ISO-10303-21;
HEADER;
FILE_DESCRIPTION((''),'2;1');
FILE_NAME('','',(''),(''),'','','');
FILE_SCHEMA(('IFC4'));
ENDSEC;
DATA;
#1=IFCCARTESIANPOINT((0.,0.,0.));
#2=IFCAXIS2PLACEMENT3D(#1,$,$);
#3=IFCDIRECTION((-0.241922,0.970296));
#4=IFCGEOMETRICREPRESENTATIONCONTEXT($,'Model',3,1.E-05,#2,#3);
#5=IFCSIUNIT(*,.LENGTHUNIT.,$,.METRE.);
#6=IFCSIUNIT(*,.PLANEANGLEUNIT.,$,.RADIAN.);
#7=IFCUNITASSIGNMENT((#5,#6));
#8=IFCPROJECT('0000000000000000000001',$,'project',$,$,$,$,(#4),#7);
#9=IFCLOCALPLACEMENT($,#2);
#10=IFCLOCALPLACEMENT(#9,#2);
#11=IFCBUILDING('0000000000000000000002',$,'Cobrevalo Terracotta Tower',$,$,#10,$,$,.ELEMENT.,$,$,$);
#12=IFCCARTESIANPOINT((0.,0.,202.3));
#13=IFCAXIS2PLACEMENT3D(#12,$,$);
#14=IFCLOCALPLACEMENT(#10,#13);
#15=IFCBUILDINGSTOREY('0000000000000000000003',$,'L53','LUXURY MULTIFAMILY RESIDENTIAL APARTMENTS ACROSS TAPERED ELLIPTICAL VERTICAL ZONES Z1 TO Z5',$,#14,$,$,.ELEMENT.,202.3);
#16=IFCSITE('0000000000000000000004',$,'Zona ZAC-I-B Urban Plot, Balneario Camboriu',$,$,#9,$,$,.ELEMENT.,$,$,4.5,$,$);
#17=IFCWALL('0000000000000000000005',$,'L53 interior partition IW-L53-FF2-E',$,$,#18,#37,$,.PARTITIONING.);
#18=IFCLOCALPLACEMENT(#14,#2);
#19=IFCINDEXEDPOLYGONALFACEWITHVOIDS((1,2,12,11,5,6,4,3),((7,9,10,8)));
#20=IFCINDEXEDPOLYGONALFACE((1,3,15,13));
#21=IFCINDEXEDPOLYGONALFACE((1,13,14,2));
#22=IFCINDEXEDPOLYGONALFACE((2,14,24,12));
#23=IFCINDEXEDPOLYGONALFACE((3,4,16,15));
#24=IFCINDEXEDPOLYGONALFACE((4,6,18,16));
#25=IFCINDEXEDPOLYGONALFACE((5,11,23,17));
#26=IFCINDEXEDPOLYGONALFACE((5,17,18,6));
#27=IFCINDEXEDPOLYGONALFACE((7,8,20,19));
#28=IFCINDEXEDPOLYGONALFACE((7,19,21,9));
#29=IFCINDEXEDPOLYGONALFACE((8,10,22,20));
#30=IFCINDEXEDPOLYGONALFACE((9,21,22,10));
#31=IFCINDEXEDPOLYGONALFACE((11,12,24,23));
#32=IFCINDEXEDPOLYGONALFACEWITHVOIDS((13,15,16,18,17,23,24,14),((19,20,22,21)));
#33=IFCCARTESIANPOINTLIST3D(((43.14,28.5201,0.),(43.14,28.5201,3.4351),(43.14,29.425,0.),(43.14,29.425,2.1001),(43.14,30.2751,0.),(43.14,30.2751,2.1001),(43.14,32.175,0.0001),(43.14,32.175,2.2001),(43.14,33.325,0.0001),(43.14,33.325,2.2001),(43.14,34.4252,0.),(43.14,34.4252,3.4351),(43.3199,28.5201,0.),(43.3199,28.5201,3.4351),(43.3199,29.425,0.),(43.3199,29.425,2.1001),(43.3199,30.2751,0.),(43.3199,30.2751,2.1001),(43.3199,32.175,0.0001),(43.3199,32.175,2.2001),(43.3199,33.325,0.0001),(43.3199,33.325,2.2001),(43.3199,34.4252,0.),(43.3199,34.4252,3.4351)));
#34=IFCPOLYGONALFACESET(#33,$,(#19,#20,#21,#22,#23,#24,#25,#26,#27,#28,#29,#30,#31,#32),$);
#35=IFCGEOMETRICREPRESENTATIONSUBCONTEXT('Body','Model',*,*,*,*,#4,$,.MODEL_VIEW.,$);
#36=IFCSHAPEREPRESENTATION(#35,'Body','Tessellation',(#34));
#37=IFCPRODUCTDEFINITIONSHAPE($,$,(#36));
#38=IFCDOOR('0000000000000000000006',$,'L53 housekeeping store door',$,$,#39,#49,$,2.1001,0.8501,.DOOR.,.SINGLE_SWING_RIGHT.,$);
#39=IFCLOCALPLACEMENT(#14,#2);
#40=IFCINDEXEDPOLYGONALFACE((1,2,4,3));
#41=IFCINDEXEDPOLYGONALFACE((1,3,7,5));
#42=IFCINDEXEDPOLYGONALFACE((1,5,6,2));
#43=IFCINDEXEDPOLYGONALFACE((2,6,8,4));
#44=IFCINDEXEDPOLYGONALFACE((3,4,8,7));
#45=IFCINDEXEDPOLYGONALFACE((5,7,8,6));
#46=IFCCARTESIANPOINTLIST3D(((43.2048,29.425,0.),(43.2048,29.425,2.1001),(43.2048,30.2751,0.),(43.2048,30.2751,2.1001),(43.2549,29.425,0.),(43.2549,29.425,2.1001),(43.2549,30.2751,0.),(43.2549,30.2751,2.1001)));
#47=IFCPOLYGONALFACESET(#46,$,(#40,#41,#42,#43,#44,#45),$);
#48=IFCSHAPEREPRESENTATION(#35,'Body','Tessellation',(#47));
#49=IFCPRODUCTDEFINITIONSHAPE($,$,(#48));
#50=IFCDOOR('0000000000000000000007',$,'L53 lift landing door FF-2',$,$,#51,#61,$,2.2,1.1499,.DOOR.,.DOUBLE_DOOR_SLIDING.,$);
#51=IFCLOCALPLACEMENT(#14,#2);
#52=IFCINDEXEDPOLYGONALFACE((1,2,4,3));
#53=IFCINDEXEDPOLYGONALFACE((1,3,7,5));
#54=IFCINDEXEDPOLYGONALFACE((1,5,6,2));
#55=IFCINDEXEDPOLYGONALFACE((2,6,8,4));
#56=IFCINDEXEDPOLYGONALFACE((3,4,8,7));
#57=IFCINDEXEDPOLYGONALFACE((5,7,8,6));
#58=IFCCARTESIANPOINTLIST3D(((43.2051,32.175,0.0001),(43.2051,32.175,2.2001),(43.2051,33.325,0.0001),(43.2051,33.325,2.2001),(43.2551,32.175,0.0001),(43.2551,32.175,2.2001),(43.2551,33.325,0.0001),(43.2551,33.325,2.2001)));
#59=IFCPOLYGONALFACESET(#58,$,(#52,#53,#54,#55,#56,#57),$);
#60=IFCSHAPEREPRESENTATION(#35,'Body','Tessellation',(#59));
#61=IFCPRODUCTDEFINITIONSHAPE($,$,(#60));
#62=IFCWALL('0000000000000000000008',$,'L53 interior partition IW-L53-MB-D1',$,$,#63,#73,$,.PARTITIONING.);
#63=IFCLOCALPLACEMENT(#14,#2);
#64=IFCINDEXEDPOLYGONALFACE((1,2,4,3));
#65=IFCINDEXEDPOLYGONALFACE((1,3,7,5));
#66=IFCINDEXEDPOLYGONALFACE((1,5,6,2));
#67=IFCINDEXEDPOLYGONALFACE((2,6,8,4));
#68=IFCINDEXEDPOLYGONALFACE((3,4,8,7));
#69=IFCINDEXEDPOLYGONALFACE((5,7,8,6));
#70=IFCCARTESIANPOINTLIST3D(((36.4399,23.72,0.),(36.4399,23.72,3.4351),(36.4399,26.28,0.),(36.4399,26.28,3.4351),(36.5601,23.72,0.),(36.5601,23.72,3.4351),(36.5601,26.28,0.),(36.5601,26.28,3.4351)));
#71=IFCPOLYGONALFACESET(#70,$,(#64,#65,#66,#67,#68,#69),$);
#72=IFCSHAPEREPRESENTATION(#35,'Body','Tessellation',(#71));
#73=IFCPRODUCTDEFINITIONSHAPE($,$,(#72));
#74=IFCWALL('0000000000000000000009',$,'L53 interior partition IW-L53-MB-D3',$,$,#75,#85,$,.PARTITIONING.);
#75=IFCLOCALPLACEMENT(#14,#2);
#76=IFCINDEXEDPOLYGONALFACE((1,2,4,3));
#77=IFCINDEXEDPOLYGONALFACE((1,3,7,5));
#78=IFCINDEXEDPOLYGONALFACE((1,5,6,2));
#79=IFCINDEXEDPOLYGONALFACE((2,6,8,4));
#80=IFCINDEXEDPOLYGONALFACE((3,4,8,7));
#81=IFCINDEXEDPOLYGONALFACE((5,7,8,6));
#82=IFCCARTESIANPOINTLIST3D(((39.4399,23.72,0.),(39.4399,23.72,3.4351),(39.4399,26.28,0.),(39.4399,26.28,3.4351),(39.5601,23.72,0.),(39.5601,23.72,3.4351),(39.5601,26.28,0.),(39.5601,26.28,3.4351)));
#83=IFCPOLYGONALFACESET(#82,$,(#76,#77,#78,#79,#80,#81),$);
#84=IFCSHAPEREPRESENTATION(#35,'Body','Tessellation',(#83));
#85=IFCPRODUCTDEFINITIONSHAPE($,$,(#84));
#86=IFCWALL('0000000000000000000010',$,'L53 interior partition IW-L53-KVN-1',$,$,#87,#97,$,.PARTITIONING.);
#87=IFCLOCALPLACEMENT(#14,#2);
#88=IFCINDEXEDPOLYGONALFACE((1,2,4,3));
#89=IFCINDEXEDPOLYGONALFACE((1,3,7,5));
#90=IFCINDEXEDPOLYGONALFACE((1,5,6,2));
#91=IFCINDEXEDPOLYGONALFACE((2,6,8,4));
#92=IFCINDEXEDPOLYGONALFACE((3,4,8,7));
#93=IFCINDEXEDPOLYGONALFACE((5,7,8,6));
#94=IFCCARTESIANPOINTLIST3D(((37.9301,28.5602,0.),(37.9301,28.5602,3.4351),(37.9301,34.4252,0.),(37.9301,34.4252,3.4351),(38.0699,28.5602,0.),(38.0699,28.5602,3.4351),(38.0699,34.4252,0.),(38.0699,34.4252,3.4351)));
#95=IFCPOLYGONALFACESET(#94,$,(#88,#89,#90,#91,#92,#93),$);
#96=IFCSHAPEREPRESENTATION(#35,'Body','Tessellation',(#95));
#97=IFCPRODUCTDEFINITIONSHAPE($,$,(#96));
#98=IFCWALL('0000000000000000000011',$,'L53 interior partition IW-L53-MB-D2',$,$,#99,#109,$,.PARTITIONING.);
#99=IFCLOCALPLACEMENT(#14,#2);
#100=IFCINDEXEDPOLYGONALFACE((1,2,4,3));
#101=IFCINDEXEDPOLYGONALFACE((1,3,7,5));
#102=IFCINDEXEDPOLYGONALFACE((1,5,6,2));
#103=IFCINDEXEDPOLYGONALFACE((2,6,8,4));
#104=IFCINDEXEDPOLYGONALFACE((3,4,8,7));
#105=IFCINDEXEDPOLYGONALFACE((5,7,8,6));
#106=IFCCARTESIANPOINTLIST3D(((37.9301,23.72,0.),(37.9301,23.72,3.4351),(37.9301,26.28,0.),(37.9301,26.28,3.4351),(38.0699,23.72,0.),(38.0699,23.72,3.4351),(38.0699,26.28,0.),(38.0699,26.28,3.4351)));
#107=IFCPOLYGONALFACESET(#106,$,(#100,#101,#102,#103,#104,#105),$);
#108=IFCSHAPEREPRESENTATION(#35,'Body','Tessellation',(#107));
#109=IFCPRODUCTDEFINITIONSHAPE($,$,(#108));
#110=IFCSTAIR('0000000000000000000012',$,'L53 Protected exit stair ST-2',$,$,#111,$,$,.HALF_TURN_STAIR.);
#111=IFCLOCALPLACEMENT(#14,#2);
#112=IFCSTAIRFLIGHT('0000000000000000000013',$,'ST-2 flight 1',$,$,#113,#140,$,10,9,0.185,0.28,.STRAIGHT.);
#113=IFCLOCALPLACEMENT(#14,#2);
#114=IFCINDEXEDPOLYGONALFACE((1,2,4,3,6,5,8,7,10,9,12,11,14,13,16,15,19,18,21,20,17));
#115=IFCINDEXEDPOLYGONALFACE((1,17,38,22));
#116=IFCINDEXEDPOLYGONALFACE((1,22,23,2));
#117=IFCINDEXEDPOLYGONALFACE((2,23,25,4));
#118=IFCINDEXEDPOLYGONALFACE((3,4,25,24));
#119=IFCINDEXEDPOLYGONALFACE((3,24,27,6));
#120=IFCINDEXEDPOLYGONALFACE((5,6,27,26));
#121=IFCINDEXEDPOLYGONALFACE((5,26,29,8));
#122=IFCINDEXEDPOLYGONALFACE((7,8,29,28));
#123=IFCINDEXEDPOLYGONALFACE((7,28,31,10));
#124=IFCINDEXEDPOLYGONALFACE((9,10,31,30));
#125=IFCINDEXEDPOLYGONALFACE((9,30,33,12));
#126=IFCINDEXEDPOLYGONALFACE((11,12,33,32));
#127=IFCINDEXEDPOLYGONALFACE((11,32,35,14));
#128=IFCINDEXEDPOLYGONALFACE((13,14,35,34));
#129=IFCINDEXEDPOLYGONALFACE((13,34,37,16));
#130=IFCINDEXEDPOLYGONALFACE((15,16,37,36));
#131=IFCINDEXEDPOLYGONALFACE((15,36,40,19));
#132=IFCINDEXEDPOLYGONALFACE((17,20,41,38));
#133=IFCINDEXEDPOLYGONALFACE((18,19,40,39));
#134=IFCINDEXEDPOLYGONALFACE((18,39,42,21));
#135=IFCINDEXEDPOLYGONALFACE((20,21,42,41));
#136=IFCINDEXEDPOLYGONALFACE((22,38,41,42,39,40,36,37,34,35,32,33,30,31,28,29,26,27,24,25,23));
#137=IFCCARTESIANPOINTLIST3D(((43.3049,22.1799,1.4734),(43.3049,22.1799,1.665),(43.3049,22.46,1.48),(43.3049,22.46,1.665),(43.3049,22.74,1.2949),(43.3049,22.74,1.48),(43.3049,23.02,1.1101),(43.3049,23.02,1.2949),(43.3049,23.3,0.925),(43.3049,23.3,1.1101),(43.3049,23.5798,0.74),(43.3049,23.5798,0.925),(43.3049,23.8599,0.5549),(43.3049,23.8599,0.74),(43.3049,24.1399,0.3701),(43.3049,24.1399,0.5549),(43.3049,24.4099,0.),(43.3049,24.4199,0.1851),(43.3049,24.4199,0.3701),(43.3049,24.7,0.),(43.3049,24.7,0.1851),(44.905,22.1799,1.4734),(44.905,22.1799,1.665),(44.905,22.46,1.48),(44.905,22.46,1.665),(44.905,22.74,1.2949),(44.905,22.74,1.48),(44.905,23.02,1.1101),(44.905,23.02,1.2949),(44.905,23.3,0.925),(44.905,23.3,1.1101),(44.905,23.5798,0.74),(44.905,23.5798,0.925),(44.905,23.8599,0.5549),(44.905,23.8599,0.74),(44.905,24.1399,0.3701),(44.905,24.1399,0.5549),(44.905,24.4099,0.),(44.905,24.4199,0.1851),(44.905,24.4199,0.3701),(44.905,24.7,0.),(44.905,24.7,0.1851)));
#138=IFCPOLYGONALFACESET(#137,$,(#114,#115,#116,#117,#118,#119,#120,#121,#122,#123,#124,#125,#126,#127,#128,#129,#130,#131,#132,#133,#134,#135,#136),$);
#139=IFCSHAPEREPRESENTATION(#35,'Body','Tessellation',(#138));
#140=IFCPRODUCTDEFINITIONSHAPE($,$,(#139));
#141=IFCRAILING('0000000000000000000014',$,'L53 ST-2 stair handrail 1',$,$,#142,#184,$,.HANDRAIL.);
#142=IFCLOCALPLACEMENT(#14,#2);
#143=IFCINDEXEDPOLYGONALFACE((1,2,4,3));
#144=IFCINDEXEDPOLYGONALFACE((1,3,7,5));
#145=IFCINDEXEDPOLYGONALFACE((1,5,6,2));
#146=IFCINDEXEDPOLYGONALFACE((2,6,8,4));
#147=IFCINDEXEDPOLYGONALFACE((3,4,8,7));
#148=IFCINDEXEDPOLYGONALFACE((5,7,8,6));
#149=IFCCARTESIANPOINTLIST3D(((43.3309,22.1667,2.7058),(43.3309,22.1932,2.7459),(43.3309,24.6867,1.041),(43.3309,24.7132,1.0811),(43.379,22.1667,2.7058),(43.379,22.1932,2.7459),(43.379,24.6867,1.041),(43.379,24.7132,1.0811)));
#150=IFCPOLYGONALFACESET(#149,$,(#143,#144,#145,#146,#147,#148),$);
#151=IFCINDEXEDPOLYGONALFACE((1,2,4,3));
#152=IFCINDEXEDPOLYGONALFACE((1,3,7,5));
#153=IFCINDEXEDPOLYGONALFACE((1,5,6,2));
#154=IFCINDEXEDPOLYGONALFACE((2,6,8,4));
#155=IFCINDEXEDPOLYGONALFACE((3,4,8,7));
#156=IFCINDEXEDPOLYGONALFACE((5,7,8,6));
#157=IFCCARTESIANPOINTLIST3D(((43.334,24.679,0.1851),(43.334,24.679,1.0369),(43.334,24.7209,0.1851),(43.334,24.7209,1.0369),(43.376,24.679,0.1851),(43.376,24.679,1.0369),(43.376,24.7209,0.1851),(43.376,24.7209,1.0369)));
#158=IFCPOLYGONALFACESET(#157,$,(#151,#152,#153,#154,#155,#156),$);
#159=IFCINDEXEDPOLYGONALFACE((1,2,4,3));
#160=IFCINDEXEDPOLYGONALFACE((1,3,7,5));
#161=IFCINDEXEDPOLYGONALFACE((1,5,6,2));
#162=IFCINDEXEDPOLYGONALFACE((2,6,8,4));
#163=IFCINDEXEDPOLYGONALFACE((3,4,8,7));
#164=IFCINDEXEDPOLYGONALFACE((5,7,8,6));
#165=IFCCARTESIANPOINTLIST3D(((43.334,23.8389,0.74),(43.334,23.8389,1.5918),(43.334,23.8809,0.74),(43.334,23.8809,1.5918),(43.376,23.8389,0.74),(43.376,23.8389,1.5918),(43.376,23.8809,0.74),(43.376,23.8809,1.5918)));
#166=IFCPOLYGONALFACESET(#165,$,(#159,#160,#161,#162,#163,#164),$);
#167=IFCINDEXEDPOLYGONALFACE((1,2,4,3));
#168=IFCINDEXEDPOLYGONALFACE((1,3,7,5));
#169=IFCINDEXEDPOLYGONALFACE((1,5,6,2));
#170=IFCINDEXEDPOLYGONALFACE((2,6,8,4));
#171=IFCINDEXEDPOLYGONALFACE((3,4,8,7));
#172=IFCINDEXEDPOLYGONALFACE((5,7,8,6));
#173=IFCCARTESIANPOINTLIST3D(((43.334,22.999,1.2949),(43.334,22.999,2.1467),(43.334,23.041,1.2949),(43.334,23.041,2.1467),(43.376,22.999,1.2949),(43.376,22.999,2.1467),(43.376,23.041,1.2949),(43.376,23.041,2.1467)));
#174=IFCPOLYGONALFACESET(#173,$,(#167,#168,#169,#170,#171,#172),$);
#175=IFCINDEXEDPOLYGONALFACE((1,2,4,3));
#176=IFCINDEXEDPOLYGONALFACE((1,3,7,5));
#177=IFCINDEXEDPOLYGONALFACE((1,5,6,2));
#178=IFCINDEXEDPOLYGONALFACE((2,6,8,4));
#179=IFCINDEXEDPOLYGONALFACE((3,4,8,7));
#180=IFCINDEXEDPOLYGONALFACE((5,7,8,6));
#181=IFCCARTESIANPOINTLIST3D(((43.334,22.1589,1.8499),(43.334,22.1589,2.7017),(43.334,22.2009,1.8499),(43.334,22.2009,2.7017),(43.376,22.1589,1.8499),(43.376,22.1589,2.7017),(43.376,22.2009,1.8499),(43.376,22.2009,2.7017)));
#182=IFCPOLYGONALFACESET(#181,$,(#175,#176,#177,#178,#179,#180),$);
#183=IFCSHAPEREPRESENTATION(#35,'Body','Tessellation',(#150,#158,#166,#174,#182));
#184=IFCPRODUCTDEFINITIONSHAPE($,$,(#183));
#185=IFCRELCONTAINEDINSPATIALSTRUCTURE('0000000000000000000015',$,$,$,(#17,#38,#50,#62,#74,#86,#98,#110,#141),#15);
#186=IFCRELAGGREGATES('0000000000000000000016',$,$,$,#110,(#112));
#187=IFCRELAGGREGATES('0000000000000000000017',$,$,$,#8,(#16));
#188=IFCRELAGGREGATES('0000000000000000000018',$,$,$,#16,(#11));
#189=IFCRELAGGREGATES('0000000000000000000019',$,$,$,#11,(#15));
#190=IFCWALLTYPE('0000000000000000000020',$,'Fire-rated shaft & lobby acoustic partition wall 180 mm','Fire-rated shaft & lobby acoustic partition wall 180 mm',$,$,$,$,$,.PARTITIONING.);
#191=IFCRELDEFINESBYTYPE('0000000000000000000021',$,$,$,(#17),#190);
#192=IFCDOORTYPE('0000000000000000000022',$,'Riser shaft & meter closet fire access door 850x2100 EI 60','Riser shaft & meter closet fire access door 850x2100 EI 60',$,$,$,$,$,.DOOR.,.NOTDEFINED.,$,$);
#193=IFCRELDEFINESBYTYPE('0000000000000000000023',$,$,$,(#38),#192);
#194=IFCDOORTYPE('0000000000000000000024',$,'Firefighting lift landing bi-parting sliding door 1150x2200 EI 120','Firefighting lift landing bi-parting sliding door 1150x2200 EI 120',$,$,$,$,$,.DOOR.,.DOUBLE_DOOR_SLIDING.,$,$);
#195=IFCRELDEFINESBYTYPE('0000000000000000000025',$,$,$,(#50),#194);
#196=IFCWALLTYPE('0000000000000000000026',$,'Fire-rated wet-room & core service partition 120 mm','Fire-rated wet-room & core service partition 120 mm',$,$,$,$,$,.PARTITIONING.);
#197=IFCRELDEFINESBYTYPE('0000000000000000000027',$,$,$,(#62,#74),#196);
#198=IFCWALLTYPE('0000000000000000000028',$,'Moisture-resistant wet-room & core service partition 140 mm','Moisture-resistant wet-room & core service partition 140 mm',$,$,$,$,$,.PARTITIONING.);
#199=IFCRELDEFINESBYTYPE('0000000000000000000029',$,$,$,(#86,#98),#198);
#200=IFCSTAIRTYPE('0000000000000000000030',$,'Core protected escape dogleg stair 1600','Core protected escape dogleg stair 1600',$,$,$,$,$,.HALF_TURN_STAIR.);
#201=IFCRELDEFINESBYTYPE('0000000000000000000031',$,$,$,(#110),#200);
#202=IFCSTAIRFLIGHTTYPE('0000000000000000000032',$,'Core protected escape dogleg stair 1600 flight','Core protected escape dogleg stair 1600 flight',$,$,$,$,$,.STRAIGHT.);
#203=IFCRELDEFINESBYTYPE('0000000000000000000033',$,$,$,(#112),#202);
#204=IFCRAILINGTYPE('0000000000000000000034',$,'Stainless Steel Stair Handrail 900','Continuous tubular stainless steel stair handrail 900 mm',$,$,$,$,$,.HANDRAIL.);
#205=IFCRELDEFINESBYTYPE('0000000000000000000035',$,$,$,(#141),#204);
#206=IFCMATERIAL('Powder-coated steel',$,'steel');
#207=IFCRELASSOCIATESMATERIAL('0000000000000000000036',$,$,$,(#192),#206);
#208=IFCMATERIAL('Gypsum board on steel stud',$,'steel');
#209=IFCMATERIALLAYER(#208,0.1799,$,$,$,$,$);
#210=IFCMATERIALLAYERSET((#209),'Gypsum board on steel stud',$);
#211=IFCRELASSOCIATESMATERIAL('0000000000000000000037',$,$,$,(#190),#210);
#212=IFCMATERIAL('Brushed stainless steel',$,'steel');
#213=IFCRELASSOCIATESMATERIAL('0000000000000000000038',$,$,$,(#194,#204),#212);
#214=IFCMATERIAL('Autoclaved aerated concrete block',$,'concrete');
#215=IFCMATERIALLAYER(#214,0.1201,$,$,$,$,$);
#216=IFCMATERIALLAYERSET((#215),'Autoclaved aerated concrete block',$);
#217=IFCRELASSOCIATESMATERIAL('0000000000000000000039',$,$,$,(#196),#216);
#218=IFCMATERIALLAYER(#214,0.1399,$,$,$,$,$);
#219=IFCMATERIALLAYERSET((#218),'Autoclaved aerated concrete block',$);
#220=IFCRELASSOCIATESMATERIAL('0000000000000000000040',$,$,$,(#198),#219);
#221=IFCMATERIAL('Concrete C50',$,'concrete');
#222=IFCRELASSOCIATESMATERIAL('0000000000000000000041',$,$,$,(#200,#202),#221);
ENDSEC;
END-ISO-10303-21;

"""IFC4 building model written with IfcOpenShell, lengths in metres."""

from ifc_helpers import new_model, si_unit, direction, frame, frame_2d, origin, origin_2d, place, context, subcontext, project, spatial, polyline, rectangle, outline, extrude, source, transform, mapped, material, layer, layer_set, type_object, element, fill, aggregate, save


model = new_model("IFC4")

# Units and contexts
model_context = context("Model", 3, precision=1e-05, world=origin(), true_north=direction((-0.241922, 0.970296)))
body_context = subcontext(model_context, "Body", "Model", "MODEL_VIEW")
ifc_project = project(units=[si_unit("LENGTHUNIT", "METRE"), si_unit("PLANEANGLEUNIT", "RADIAN")], contexts=[model_context])

# Site, building, storey
site_placement = place(None, origin())
site = spatial("IfcSite", under=ifc_project, at=site_placement, Name="Zona ZAC-I-B Urban Plot, Balneario Camboriu", CompositionType="ELEMENT", RefElevation=4.5)
building_placement = place(site_placement, origin())
building = spatial("IfcBuilding", under=site, at=building_placement, Name="Cobrevalo Terracotta Tower", CompositionType="ELEMENT")
storey_placement = place(building_placement, frame((0.0, 0.0, 202.3)))
storey = spatial("IfcBuildingStorey", under=building, at=storey_placement, Name="L53", Description="LUXURY MULTIFAMILY RESIDENTIAL APARTMENTS ACROSS TAPERED ELLIPTICAL VERTICAL ZONES Z1 TO Z5", CompositionType="ELEMENT", Elevation=202.3)

# Shared definitions
ifc_material_1 = material(Name="Gypsum board on steel stud", Category="steel")

# Shared definitions
ifc_material_2 = material(Name="Powder-coated steel", Category="steel")
door_type_1 = type_object("IfcDoorType", Name="Riser shaft & meter closet fire access door 850x2100 EI 60", Description="Riser shaft & meter closet fire access door 850x2100 EI 60", OperationType="NOTDEFINED", PredefinedType="DOOR", material=ifc_material_2)
shared_shape_1 = source(origin(), body_context, "Body", "SweptSolid", [
    extrude(rectangle(XDim=0.8501, YDim=2.1001, at=frame_2d((0.425, 1.05))), frame((0.0, 0.0249, 0.0), z_axis=(0.0, -1.0, 0.0), x_axis=(1.0, 0.0, 0.0)), (0.0, 0.0, 1.0), 0.05),
])
ifc_material_3 = material(Name="Brushed stainless steel", Category="steel")

# Shared definitions
ifc_layer_1 = layer(ifc_material_1, 0.1799)
ifc_layer_set_1 = layer_set([ifc_layer_1], Name="Gypsum board on steel stud")
wall_type_1 = type_object("IfcWallType", Name="Fire-rated shaft & lobby acoustic partition wall 180 mm", Description="Fire-rated shaft & lobby acoustic partition wall 180 mm", PredefinedType="PARTITIONING", material=ifc_layer_set_1)

# Wall, openings, doors
wall_1_placement = place(storey_placement, frame((43.23, 28.52, 0.0), z_axis=(0.0, 0.0, 1.0), x_axis=(0.0, 1.0, 0.0)))
wall_1 = element("IfcWall", 1, at=wall_1_placement, inside=storey, type_object=wall_type_1, Name="L53 interior partition IW-L53-FF2-E", PredefinedType="PARTITIONING", context=body_context, shape_type="SweptSolid", body=[
    extrude(rectangle(XDim=5.905, YDim=0.1799, at=frame_2d((2.9526, 0.0))), origin(), (0.0, 0.0, 1.0), 3.4351),
])
opening_1_placement = place(wall_1_placement, frame((0.905, 0.0, 0.0)))
opening_1 = element("IfcOpeningElement", 2, at=opening_1_placement, cuts=wall_1, PredefinedType="OPENING", context=body_context, shape_type="SweptSolid", body=[
    extrude(rectangle(XDim=0.8501, YDim=2.1001, at=frame_2d((0.425, 1.05))), frame((0.0, 0.1001, 0.0), z_axis=(0.0, -1.0, 0.0), x_axis=(1.0, 0.0, 0.0)), (0.0, 0.0, 1.0), 0.2),
])
opening_2_placement = place(wall_1_placement, frame((3.655, 0.0, 0.0)))
opening_2 = element("IfcOpeningElement", 3, at=opening_2_placement, cuts=wall_1, PredefinedType="OPENING", context=body_context, shape_type="SweptSolid", body=[
    extrude(rectangle(XDim=1.1499, YDim=2.2, at=frame_2d((0.575, 1.1001))), frame((0.0, 0.1001, 0.0), z_axis=(0.0, -1.0, 0.0), x_axis=(1.0, 0.0, 0.0)), (0.0, 0.0, 1.0), 0.2),
])
door_1_placement = place(opening_1_placement, frame((0.8501, 0.0, 0.0), z_axis=(0.0, 0.0, 1.0), x_axis=(-1.0, 0.0, 0.0)))
door_1 = element("IfcDoor", 4, at=door_1_placement, inside=storey, type_object=door_type_1, Name="L53 housekeeping store door", OperationType="SINGLE_SWING_RIGHT", OverallHeight=2.1001, OverallWidth=0.8501, PredefinedType="DOOR", context=body_context, shape_type="MappedRepresentation", body=[
    mapped(shared_shape_1, transform((0.0, 0.0, 0.0), scale=1.0)),
])
fill(opening_1, door_1)
door_type_2 = type_object("IfcDoorType", Name="Firefighting lift landing bi-parting sliding door 1150x2200 EI 120", Description="Firefighting lift landing bi-parting sliding door 1150x2200 EI 120", OperationType="DOUBLE_DOOR_SLIDING", PredefinedType="DOOR", material=ifc_material_3)
shared_shape_2 = source(origin(), body_context, "Body", "SweptSolid", [
    extrude(rectangle(XDim=1.1499, YDim=2.2, at=frame_2d((0.575, 1.1001))), frame((0.0, 0.0249, 0.0), z_axis=(0.0, -1.0, 0.0), x_axis=(1.0, 0.0, 0.0)), (0.0, 0.0, 1.0), 0.05),
])
door_2_placement = place(opening_2_placement, origin())
door_2 = element("IfcDoor", 5, at=door_2_placement, inside=storey, type_object=door_type_2, Name="L53 lift landing door FF-2", OperationType="DOUBLE_DOOR_SLIDING", OverallHeight=2.2, OverallWidth=1.1499, PredefinedType="DOOR", context=body_context, shape_type="MappedRepresentation", body=[
    mapped(shared_shape_2, transform((0.0, 0.0, 0.0), scale=1.0)),
])
fill(opening_2, door_2)

# Walls
ifc_material_4 = material(Name="Autoclaved aerated concrete block", Category="concrete")
ifc_layer_2 = layer(ifc_material_4, 0.1201)
ifc_layer_set_2 = layer_set([ifc_layer_2], Name="Autoclaved aerated concrete block")
wall_type_2 = type_object("IfcWallType", Name="Fire-rated wet-room & core service partition 120 mm", Description="Fire-rated wet-room & core service partition 120 mm", PredefinedType="PARTITIONING", material=ifc_layer_set_2)
for number, where, z_axis, x_axis, name in (
    (6, (36.5, 23.72, 0.0), (0.0, 0.0, 1.0), (0.0, 1.0, 0.0), "L53 interior partition IW-L53-MB-D1"),
    (7, (39.5, 23.72, 0.0), (0.0, 0.0, 1.0), (0.0, 1.0, 0.0), "L53 interior partition IW-L53-MB-D3"),
):
    element("IfcWall", number, at=place(storey_placement, frame(where, z_axis=z_axis, x_axis=x_axis)), inside=storey, type_object=wall_type_2, Name=name, PredefinedType="PARTITIONING", context=body_context, shape_type="SweptSolid", body=[
        extrude(rectangle(XDim=2.5601, YDim=0.1201, at=frame_2d((1.28, 0.0))), origin(), (0.0, 0.0, 1.0), 3.4351),
    ])
ifc_layer_3 = layer(ifc_material_4, 0.1399)
ifc_layer_set_3 = layer_set([ifc_layer_3], Name="Autoclaved aerated concrete block")
wall_type_3 = type_object("IfcWallType", Name="Moisture-resistant wet-room & core service partition 140 mm", Description="Moisture-resistant wet-room & core service partition 140 mm", PredefinedType="PARTITIONING", material=ifc_layer_set_3)
wall_2_placement = place(storey_placement, frame((38.0, 28.5601, 0.0), z_axis=(0.0, 0.0, 1.0), x_axis=(0.0, 1.0, 0.0)))
element("IfcWall", 8, at=wall_2_placement, inside=storey, type_object=wall_type_3, Name="L53 interior partition IW-L53-KVN-1", PredefinedType="PARTITIONING", context=body_context, shape_type="SweptSolid", body=[
    extrude(rectangle(XDim=5.865, YDim=0.1399, at=frame_2d((2.9326, 0.0))), origin(), (0.0, 0.0, 1.0), 3.4351),
])
wall_3_placement = place(storey_placement, frame((38.0, 23.72, 0.0), z_axis=(0.0, 0.0, 1.0), x_axis=(0.0, 1.0, 0.0)))
element("IfcWall", 9, at=wall_3_placement, inside=storey, type_object=wall_type_3, Name="L53 interior partition IW-L53-MB-D2", PredefinedType="PARTITIONING", context=body_context, shape_type="SweptSolid", body=[
    extrude(rectangle(XDim=2.5601, YDim=0.1399, at=frame_2d((1.28, 0.0))), origin(), (0.0, 0.0, 1.0), 3.4351),
])

# Shared definitions
ifc_material_5 = material(Name="Concrete C50", Category="concrete")

# Stair, stair flight
stair_type = type_object("IfcStairType", Name="Core protected escape dogleg stair 1600", Description="Core protected escape dogleg stair 1600", PredefinedType="HALF_TURN_STAIR", material=ifc_material_5)
stair_placement = place(storey_placement, origin())
stair = element("IfcStair", 10, at=stair_placement, inside=storey, type_object=stair_type, Name="L53 Protected exit stair ST-2", PredefinedType="HALF_TURN_STAIR")
stair_flight_type = type_object("IfcStairFlightType", Name="Core protected escape dogleg stair 1600 flight", Description="Core protected escape dogleg stair 1600 flight", PredefinedType="STRAIGHT", material=ifc_material_5)
stair_flight_placement = place(storey_placement, frame((44.105, 24.7, 0.0), z_axis=(0.0, 0.0, 1.0), x_axis=(0.0, -1.0, 0.0)))
stair_flight = element("IfcStairFlight", 11, at=stair_flight_placement, type_object=stair_flight_type, Name="ST-2 flight 1", NumberOfRisers=10, NumberOfTreads=9, PredefinedType="STRAIGHT", RiserHeight=0.185, TreadLength=0.28, context=body_context, shape_type="SweptSolid", body=[
    extrude(outline(polyline([(0.0, 0.0), (0.0, 0.1851), (0.28, 0.1851), (0.28, 0.3701), (0.5601, 0.3701), (0.5601, 0.5549), (0.8401, 0.5549), (0.8401, 0.74), (1.1201, 0.74), (1.1201, 0.925), (1.3999, 0.925), (1.3999, 1.1101), (1.6799, 1.1101), (1.6799, 1.2949), (1.96, 1.2949), (1.96, 1.48), (2.24, 1.48), (2.24, 1.665), (2.52, 1.665), (2.52, 1.8501), (2.52, 1.4734), (0.29, 0.0), (0.0, 0.0)])), frame((0.0, 0.8, 0.0), z_axis=(0.0, -1.0, 0.0), x_axis=(1.0, 0.0, 0.0)), (0.0, 0.0, 1.0), 1.6001),
])
aggregate(stair, [stair_flight])

# Railing
railing_type_1 = type_object("IfcRailingType", Name="Stainless Steel Stair Handrail 900", Description="Continuous tubular stainless steel stair handrail 900 mm", PredefinedType="HANDRAIL", material=ifc_material_3)
railing_1_placement = place(storey_placement, frame((43.355, 24.7, 0.1851)))
element("IfcRailing", 12, at=railing_1_placement, inside=storey, type_object=railing_type_1, Name="L53 ST-2 stair handrail 1", PredefinedType="HANDRAIL", context=body_context, shape_type="SweptSolid", body=[
    extrude(rectangle(XDim=0.0481, YDim=0.0481, at=origin_2d()), frame((0.0, 0.0, 0.876), z_axis=(0.0, -0.834369, 0.551207), x_axis=(1.0, 0.0, 0.0)), (0.0, 0.0, 1.0), 3.0203),
    extrude(rectangle(XDim=0.042, YDim=0.042, at=origin_2d()), origin(), (0.0, 0.0, 1.0), 0.8518),
    extrude(rectangle(XDim=0.042, YDim=0.042, at=origin_2d()), frame((0.0, -0.8401, 0.5549)), (0.0, 0.0, 1.0), 0.8518),
    extrude(rectangle(XDim=0.042, YDim=0.042, at=origin_2d()), frame((0.0, -1.6799, 1.1099)), (0.0, 0.0, 1.0), 0.8518),
    extrude(rectangle(XDim=0.042, YDim=0.042, at=origin_2d()), frame((0.0, -2.52, 1.6648)), (0.0, 0.0, 1.0), 0.8518),
])

save(model, "model.ifc")
